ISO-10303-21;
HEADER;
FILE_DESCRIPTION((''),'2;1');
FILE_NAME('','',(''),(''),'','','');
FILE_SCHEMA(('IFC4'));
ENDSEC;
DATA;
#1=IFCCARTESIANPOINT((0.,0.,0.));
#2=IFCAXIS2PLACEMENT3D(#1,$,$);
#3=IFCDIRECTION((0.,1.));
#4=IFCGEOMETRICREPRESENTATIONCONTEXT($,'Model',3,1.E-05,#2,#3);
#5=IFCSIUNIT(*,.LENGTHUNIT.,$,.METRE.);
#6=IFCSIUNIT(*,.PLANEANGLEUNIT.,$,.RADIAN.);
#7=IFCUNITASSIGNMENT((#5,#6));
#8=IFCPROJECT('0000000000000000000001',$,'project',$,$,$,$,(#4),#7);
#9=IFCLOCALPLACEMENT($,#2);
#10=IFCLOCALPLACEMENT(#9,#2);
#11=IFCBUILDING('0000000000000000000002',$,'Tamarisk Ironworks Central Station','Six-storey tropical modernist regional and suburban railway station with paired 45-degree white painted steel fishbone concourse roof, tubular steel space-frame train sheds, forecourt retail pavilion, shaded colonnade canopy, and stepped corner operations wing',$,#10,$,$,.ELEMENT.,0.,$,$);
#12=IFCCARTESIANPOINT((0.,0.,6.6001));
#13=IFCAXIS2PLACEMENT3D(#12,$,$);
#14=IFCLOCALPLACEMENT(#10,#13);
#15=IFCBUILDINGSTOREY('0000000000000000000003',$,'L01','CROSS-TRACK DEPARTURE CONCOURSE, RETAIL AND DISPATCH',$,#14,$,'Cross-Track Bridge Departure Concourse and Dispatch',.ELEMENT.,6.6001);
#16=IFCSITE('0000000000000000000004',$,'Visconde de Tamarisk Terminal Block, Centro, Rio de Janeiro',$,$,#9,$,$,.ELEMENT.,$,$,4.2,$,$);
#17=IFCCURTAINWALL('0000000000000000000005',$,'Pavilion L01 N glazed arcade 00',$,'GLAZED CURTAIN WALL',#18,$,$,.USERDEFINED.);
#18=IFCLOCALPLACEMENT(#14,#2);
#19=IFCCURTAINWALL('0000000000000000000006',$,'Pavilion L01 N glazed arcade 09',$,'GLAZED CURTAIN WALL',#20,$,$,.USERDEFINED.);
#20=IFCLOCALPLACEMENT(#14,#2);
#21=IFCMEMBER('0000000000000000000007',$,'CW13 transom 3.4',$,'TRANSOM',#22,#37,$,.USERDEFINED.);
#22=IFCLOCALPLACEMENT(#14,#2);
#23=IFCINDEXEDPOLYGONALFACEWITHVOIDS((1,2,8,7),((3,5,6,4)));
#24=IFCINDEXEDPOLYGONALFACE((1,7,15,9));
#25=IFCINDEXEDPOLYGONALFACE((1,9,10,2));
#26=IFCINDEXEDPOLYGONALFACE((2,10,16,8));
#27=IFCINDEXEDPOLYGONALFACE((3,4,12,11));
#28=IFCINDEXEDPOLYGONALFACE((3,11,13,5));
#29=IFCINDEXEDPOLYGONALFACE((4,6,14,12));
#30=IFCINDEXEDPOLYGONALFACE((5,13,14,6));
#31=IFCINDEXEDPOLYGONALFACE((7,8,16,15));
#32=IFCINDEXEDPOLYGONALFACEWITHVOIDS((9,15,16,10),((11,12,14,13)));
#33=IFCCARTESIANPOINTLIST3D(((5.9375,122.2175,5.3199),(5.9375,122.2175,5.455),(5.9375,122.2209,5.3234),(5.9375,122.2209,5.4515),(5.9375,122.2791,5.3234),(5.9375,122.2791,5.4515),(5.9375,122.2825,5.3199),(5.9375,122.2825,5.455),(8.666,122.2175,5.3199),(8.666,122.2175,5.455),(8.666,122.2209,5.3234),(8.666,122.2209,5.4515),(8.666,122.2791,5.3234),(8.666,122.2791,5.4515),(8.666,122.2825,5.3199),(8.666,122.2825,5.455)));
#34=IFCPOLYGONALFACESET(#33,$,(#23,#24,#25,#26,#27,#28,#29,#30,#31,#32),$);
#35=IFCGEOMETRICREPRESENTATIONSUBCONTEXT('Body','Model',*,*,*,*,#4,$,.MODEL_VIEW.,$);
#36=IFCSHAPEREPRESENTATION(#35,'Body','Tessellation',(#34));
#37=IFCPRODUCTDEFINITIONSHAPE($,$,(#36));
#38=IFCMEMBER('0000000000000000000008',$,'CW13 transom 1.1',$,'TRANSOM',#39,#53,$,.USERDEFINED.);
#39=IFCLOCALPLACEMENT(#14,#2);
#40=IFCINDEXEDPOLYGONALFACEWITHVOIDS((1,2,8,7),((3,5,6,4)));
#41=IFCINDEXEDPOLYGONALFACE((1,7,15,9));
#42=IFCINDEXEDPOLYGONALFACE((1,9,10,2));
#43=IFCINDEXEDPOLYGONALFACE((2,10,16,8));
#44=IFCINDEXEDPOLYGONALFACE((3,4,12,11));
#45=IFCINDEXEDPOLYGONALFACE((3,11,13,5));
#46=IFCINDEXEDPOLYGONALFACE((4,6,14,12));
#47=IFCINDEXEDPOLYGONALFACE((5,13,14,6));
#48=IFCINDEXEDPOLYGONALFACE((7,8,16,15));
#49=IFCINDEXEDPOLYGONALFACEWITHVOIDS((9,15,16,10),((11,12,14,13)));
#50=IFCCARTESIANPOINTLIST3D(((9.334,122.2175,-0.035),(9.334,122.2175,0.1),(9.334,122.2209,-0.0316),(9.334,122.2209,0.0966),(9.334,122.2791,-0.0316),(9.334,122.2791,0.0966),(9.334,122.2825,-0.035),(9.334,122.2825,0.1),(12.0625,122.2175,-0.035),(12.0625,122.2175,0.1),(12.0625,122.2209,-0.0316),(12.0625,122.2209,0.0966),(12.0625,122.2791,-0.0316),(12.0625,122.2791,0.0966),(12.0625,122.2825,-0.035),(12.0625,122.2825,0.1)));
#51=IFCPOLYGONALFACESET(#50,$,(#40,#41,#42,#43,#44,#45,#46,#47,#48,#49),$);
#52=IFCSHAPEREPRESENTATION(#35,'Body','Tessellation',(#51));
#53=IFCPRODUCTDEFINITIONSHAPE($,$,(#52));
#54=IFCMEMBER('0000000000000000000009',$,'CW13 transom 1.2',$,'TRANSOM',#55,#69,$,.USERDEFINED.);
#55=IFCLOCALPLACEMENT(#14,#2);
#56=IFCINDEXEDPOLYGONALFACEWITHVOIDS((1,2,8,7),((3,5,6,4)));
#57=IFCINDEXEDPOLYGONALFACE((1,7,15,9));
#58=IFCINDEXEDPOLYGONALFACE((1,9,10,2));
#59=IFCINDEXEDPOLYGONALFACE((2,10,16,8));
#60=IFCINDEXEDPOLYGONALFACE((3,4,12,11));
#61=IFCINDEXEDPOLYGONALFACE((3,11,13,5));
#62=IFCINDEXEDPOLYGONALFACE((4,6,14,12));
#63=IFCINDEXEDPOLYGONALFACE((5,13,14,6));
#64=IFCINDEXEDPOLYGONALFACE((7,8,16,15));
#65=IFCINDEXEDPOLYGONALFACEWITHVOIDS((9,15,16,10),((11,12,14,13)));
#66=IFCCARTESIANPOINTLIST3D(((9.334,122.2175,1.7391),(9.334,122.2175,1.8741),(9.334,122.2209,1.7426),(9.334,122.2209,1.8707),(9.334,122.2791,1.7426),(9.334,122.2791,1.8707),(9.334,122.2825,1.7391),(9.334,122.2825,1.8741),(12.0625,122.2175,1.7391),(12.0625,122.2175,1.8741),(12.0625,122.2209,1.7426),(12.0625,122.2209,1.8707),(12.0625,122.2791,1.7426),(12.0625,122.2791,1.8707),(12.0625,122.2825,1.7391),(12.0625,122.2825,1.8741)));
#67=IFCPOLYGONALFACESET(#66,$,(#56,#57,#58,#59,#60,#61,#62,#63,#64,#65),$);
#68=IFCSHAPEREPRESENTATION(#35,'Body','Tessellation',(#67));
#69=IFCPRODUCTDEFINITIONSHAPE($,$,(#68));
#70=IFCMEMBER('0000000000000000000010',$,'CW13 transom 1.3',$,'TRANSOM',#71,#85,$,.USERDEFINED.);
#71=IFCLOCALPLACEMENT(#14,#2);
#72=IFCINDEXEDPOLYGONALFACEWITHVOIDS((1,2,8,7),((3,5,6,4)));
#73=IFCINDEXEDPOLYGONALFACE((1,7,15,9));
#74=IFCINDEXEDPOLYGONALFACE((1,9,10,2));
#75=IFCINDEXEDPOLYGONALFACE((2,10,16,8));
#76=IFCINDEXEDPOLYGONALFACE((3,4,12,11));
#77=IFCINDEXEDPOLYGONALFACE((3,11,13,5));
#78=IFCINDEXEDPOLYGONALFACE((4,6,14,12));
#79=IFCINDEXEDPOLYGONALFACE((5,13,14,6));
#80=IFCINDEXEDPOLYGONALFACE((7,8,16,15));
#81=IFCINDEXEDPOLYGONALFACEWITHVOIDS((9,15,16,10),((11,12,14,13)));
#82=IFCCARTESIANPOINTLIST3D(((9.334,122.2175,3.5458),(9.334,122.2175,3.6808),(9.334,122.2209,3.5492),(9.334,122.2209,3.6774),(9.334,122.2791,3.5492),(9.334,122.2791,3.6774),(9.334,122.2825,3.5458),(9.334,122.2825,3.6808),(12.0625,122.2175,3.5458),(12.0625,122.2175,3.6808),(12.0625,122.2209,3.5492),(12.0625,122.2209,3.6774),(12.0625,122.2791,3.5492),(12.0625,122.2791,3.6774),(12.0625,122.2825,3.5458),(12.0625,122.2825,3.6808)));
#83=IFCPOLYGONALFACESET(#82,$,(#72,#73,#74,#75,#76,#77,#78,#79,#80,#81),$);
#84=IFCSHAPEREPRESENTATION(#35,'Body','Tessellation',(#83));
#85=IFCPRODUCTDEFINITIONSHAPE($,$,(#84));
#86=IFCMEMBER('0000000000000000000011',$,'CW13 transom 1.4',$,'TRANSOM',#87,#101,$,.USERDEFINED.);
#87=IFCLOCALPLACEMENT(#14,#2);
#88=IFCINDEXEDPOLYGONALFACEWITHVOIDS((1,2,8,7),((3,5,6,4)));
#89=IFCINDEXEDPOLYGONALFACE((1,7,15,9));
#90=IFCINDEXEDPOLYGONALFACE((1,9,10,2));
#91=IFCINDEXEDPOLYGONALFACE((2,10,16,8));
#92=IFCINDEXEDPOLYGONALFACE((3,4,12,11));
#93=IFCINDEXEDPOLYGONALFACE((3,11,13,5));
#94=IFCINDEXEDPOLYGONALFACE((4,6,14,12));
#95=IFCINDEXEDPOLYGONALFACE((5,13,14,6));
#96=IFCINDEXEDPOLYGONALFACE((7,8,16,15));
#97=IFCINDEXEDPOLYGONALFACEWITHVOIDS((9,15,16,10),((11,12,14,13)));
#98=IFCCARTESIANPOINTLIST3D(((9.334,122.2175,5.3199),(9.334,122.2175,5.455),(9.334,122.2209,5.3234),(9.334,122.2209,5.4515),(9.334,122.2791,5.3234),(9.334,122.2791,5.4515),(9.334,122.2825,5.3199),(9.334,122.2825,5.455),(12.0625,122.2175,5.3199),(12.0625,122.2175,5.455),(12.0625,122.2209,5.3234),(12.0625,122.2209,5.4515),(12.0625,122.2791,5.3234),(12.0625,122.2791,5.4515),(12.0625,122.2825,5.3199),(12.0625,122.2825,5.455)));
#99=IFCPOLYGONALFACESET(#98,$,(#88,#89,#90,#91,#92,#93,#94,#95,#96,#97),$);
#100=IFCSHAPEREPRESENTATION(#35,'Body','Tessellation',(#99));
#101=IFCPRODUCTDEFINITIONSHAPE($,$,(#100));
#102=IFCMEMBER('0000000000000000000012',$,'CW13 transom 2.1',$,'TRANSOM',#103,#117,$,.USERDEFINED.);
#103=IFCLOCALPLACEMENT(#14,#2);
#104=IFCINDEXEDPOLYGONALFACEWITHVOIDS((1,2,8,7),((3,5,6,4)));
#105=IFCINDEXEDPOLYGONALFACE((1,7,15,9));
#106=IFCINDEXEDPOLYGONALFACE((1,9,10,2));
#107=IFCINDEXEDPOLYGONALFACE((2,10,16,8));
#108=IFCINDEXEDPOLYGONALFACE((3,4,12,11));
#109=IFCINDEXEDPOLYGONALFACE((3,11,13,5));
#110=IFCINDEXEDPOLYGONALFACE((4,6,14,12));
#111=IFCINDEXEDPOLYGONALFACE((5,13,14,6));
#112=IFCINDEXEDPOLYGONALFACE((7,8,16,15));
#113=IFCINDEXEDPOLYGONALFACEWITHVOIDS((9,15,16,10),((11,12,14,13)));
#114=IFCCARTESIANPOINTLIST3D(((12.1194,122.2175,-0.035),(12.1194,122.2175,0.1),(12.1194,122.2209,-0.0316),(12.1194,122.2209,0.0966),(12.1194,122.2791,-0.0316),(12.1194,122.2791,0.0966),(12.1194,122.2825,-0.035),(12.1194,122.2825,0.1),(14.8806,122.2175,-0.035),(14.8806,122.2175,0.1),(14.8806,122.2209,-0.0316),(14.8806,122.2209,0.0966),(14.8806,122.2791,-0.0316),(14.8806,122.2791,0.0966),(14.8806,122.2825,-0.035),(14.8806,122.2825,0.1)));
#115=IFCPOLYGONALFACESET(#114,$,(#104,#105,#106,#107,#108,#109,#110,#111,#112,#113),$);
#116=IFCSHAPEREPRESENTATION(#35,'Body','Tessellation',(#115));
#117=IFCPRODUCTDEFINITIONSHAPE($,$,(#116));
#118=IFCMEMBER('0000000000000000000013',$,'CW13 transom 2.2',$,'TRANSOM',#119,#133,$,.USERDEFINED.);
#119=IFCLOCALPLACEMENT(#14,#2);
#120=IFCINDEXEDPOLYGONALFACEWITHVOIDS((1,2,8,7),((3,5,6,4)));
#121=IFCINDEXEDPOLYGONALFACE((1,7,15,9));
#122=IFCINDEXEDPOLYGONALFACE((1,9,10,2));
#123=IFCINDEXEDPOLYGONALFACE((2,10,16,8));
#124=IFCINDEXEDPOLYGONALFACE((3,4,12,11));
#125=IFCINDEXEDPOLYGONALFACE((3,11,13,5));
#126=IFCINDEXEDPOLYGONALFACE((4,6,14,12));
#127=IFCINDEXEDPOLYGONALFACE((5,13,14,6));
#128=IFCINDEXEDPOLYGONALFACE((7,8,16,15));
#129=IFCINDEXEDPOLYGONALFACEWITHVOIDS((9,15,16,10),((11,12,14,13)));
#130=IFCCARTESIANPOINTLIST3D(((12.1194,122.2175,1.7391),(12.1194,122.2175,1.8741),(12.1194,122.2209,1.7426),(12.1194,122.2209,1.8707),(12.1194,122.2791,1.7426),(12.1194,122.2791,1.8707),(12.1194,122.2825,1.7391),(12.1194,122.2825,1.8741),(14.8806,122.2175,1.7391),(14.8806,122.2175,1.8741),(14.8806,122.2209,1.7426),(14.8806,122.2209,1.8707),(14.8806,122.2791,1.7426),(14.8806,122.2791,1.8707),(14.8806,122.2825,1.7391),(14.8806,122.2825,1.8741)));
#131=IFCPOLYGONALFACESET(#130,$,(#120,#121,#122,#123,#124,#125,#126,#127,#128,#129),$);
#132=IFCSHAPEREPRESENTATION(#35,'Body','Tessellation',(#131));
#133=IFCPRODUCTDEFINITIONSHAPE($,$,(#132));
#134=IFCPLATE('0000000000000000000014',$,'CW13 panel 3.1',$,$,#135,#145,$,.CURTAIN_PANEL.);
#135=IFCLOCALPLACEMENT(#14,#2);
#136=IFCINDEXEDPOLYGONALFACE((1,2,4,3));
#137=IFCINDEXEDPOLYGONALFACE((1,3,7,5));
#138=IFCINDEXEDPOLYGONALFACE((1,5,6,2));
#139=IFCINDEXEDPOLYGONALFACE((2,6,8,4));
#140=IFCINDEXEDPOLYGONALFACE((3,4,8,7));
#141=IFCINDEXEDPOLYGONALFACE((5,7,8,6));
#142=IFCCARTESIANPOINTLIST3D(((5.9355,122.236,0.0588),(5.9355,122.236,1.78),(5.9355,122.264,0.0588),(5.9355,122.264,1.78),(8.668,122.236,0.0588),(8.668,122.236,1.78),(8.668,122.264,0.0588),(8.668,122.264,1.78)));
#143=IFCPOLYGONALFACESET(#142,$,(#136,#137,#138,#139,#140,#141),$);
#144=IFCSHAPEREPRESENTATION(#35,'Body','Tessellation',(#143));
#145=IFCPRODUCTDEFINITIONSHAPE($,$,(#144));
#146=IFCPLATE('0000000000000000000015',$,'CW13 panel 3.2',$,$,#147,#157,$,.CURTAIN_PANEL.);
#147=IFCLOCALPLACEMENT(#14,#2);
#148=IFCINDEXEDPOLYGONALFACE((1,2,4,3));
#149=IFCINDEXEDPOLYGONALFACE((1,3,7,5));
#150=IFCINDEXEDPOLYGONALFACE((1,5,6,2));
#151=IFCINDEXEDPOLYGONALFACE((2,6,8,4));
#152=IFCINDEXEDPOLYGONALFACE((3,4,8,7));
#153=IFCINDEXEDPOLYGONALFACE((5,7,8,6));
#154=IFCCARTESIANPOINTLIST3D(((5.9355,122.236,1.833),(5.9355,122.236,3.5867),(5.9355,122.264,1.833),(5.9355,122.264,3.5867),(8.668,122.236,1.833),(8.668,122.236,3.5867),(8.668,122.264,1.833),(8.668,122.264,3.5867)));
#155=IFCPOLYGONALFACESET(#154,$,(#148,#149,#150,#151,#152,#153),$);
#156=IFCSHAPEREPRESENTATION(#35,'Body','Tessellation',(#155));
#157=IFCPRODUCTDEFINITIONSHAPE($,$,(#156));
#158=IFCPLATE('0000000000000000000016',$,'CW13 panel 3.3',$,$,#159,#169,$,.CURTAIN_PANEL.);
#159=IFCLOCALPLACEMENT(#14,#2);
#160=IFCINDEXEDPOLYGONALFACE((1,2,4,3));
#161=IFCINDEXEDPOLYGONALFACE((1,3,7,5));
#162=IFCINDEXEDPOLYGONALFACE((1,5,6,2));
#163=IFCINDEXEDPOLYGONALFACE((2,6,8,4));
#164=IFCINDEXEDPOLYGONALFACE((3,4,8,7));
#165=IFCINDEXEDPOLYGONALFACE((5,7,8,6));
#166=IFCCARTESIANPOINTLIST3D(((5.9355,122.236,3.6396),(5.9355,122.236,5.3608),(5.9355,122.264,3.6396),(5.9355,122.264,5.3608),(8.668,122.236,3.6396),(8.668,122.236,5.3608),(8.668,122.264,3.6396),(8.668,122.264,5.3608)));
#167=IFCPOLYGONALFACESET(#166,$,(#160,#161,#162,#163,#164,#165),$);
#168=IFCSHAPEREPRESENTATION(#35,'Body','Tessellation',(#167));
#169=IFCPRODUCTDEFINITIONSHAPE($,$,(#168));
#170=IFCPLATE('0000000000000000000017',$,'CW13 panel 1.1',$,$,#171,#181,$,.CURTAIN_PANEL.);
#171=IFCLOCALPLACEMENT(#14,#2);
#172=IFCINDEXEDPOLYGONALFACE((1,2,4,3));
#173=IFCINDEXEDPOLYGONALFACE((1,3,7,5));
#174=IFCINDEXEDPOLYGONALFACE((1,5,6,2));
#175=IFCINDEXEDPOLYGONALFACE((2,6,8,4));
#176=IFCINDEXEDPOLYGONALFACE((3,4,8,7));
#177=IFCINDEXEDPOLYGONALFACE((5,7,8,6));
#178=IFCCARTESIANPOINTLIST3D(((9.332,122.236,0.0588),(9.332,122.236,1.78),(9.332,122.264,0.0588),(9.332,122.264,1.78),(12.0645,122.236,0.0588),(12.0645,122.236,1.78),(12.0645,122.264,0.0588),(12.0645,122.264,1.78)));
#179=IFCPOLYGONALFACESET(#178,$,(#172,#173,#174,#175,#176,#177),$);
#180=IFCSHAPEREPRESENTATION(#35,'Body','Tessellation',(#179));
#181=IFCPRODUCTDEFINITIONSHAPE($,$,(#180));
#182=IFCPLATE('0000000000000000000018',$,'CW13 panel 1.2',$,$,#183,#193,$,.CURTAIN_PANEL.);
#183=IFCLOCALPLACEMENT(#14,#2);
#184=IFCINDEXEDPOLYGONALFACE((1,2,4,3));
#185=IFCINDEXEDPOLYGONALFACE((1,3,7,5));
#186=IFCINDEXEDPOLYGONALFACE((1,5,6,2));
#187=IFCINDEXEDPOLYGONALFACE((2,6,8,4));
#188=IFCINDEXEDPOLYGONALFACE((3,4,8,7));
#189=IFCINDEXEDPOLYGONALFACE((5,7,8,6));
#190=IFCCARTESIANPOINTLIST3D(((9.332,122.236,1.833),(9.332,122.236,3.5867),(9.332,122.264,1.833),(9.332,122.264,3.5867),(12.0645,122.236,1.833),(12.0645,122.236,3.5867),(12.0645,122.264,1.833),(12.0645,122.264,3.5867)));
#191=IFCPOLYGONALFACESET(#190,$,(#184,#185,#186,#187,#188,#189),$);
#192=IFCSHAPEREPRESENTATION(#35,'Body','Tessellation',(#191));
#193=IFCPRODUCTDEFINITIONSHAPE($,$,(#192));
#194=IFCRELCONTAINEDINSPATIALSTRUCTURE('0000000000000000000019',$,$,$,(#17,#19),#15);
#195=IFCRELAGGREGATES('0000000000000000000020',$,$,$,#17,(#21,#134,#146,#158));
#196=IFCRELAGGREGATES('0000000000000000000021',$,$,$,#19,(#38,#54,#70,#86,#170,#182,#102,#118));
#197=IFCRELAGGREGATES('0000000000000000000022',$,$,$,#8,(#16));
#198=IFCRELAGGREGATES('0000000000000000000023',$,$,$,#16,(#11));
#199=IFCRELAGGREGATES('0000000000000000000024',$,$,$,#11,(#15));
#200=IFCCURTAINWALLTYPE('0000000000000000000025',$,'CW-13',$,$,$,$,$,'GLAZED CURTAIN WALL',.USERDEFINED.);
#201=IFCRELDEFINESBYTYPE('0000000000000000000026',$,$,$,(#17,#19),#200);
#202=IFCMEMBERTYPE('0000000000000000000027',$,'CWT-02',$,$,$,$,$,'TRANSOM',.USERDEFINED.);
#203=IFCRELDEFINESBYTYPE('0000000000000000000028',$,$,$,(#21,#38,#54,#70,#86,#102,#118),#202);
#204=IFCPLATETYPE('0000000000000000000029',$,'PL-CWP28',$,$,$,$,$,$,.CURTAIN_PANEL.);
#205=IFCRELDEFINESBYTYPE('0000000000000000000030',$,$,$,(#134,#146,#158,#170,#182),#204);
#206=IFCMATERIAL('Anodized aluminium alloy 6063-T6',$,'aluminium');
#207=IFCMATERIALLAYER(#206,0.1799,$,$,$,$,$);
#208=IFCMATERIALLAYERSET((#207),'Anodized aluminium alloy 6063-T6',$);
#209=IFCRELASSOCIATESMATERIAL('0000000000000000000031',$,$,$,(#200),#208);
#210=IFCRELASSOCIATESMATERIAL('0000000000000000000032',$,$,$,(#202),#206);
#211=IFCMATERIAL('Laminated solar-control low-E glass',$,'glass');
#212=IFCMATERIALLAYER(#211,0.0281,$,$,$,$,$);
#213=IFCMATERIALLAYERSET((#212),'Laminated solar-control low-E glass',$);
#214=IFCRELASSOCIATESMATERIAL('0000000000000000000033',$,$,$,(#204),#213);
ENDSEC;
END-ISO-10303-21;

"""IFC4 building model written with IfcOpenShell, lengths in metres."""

from ifc_helpers import new_model, si_unit, direction, frame, origin, origin_2d, place, context, subcontext, project, spatial, rectangle, hollow_rectangle, extrude, material, layer, layer_set, material_profile, profile_set, type_object, element, aggregate, save


model = new_model("IFC4")

# Units and contexts
model_context = context("Model", 3, precision=1e-05, world=origin(), true_north=direction((0.0, 1.0)))
body_context = subcontext(model_context, "Body", "Model", "MODEL_VIEW")
ifc_project = project(units=[si_unit("LENGTHUNIT", "METRE"), si_unit("PLANEANGLEUNIT", "RADIAN")], contexts=[model_context])

# Site, building, storey
site_placement = place(None, origin())
site = spatial("IfcSite", under=ifc_project, at=site_placement, Name="Visconde de Tamarisk Terminal Block, Centro, Rio de Janeiro", CompositionType="ELEMENT", RefElevation=4.2)
building_placement = place(site_placement, origin())
building = spatial("IfcBuilding", under=site, at=building_placement, Name="Tamarisk Ironworks Central Station", Description="Six-storey tropical modernist regional and suburban railway station with paired 45-degree white painted steel fishbone concourse roof, tubular steel space-frame train sheds, forecourt retail pavilion, shaded colonnade canopy, and stepped corner operations wing", CompositionType="ELEMENT", ElevationOfRefHeight=0.0)
storey_placement = place(building_placement, frame((0.0, 0.0, 6.6001)))
storey = spatial("IfcBuildingStorey", under=building, at=storey_placement, Name="L01", Description="CROSS-TRACK DEPARTURE CONCOURSE, RETAIL AND DISPATCH", LongName="Cross-Track Bridge Departure Concourse and Dispatch", CompositionType="ELEMENT", Elevation=6.6001)

# Curtain walls
ifc_material_1 = material(Name="Anodized aluminium alloy 6063-T6", Category="aluminium")
ifc_layer_1 = layer(ifc_material_1, 0.1799)
ifc_layer_set_1 = layer_set([ifc_layer_1], Name="Anodized aluminium alloy 6063-T6")
curtain_wall_type = type_object("IfcCurtainWallType", Name="CW-13", ElementType="GLAZED CURTAIN WALL", PredefinedType="USERDEFINED", material=ifc_layer_set_1)
curtain_wall_1_placement = place(storey_placement, origin())
curtain_wall_1 = element("IfcCurtainWall", 1, at=curtain_wall_1_placement, inside=storey, type_object=curtain_wall_type, Name="Pavilion L01 N glazed arcade 00", ObjectType="GLAZED CURTAIN WALL", PredefinedType="USERDEFINED")
curtain_wall_2_placement = place(storey_placement, origin())
curtain_wall_2 = element("IfcCurtainWall", 2, at=curtain_wall_2_placement, inside=storey, type_object=curtain_wall_type, Name="Pavilion L01 N glazed arcade 09", ObjectType="GLAZED CURTAIN WALL", PredefinedType="USERDEFINED")

# Members
ifc_material_profile_1 = material_profile(ifc_material_1, hollow_rectangle(XDim=0.0649, YDim=0.135, WallThickness=0.0034, at=origin_2d()), Name="ALUM 135x65")
ifc_profile_set_1 = profile_set([ifc_material_profile_1], Name="Anodized aluminium alloy 6063-T6")
member_type_1 = type_object("IfcMemberType", Name="CWT-02", ElementType="TRANSOM", PredefinedType="USERDEFINED", material=ifc_profile_set_1)
member_1_placement = place(storey_placement, frame((5.9375, 122.25, 5.3875), z_axis=(1.0, 0.0, 0.0), x_axis=(0.0, 1.0, 0.0)))
member_1 = element("IfcMember", 3, at=member_1_placement, type_object=member_type_1, Name="CW13 transom 3.4", ObjectType="TRANSOM", PredefinedType="USERDEFINED", context=body_context, shape_type="SweptSolid", body=[
    extrude(hollow_rectangle(XDim=0.0649, YDim=0.135, WallThickness=0.0034, at=origin_2d()), origin(), (0.0, 0.0, 1.0), 2.7285),
])
member_2_placement = place(storey_placement, frame((9.334, 122.25, 0.0325), z_axis=(1.0, 0.0, 0.0), x_axis=(0.0, 1.0, 0.0)))
member_2 = element("IfcMember", 4, at=member_2_placement, type_object=member_type_1, Name="CW13 transom 1.1", ObjectType="TRANSOM", PredefinedType="USERDEFINED", context=body_context, shape_type="SweptSolid", body=[
    extrude(hollow_rectangle(XDim=0.0649, YDim=0.135, WallThickness=0.0034, at=origin_2d()), origin(), (0.0, 0.0, 1.0), 2.7285),
])
member_3_placement = place(storey_placement, frame((9.334, 122.25, 1.8066), z_axis=(1.0, 0.0, 0.0), x_axis=(0.0, 1.0, 0.0)))
member_3 = element("IfcMember", 5, at=member_3_placement, type_object=member_type_1, Name="CW13 transom 1.2", ObjectType="TRANSOM", PredefinedType="USERDEFINED", context=body_context, shape_type="SweptSolid", body=[
    extrude(hollow_rectangle(XDim=0.0649, YDim=0.135, WallThickness=0.0034, at=origin_2d()), origin(), (0.0, 0.0, 1.0), 2.7285),
])
member_4_placement = place(storey_placement, frame((9.334, 122.25, 3.6133), z_axis=(1.0, 0.0, 0.0), x_axis=(0.0, 1.0, 0.0)))
member_4 = element("IfcMember", 6, at=member_4_placement, type_object=member_type_1, Name="CW13 transom 1.3", ObjectType="TRANSOM", PredefinedType="USERDEFINED", context=body_context, shape_type="SweptSolid", body=[
    extrude(hollow_rectangle(XDim=0.0649, YDim=0.135, WallThickness=0.0034, at=origin_2d()), origin(), (0.0, 0.0, 1.0), 2.7285),
])
member_5_placement = place(storey_placement, frame((9.334, 122.25, 5.3875), z_axis=(1.0, 0.0, 0.0), x_axis=(0.0, 1.0, 0.0)))
member_5 = element("IfcMember", 7, at=member_5_placement, type_object=member_type_1, Name="CW13 transom 1.4", ObjectType="TRANSOM", PredefinedType="USERDEFINED", context=body_context, shape_type="SweptSolid", body=[
    extrude(hollow_rectangle(XDim=0.0649, YDim=0.135, WallThickness=0.0034, at=origin_2d()), origin(), (0.0, 0.0, 1.0), 2.7285),
])
member_6_placement = place(storey_placement, frame((12.1194, 122.25, 0.0325), z_axis=(1.0, 0.0, 0.0), x_axis=(0.0, 1.0, 0.0)))
member_6 = element("IfcMember", 8, at=member_6_placement, type_object=member_type_1, Name="CW13 transom 2.1", ObjectType="TRANSOM", PredefinedType="USERDEFINED", context=body_context, shape_type="SweptSolid", body=[
    extrude(hollow_rectangle(XDim=0.0649, YDim=0.135, WallThickness=0.0034, at=origin_2d()), origin(), (0.0, 0.0, 1.0), 2.7612),
])
member_7_placement = place(storey_placement, frame((12.1194, 122.25, 1.8066), z_axis=(1.0, 0.0, 0.0), x_axis=(0.0, 1.0, 0.0)))
member_7 = element("IfcMember", 9, at=member_7_placement, type_object=member_type_1, Name="CW13 transom 2.2", ObjectType="TRANSOM", PredefinedType="USERDEFINED", context=body_context, shape_type="SweptSolid", body=[
    extrude(hollow_rectangle(XDim=0.0649, YDim=0.135, WallThickness=0.0034, at=origin_2d()), origin(), (0.0, 0.0, 1.0), 2.7612),
])

# Plates
ifc_material_2 = material(Name="Laminated solar-control low-E glass", Category="glass")
ifc_layer_2 = layer(ifc_material_2, 0.0281)
ifc_layer_set_2 = layer_set([ifc_layer_2], Name="Laminated solar-control low-E glass")
plate_type = type_object("IfcPlateType", Name="PL-CWP28", PredefinedType="CURTAIN_PANEL", material=ifc_layer_set_2)
plate_1_placement = place(storey_placement, frame((7.3018, 122.25, 0.0588), z_axis=(0.0, 0.0, 1.0), x_axis=(1.0, 0.0, 0.0)))
plate_1 = element("IfcPlate", 10, at=plate_1_placement, type_object=plate_type, Name="CW13 panel 3.1", PredefinedType="CURTAIN_PANEL", context=body_context, shape_type="SweptSolid", body=[
    extrude(rectangle(XDim=2.7324, YDim=0.0281, at=origin_2d()), origin(), (0.0, 0.0, 1.0), 1.7212),
])
plate_2_placement = place(storey_placement, frame((7.3018, 122.25, 1.833), z_axis=(0.0, 0.0, 1.0), x_axis=(1.0, 0.0, 0.0)))
plate_2 = element("IfcPlate", 11, at=plate_2_placement, type_object=plate_type, Name="CW13 panel 3.2", PredefinedType="CURTAIN_PANEL", context=body_context, shape_type="SweptSolid", body=[
    extrude(rectangle(XDim=2.7324, YDim=0.0281, at=origin_2d()), origin(), (0.0, 0.0, 1.0), 1.7537),
])
plate_3_placement = place(storey_placement, frame((7.3018, 122.25, 3.6396), z_axis=(0.0, 0.0, 1.0), x_axis=(1.0, 0.0, 0.0)))
plate_3 = element("IfcPlate", 12, at=plate_3_placement, type_object=plate_type, Name="CW13 panel 3.3", PredefinedType="CURTAIN_PANEL", context=body_context, shape_type="SweptSolid", body=[
    extrude(rectangle(XDim=2.7324, YDim=0.0281, at=origin_2d()), origin(), (0.0, 0.0, 1.0), 1.7212),
])
aggregate(curtain_wall_1, [member_1, plate_1, plate_2, plate_3])
plate_4_placement = place(storey_placement, frame((10.6982, 122.25, 0.0588), z_axis=(0.0, 0.0, 1.0), x_axis=(1.0, 0.0, 0.0)))
plate_4 = element("IfcPlate", 13, at=plate_4_placement, type_object=plate_type, Name="CW13 panel 1.1", PredefinedType="CURTAIN_PANEL", context=body_context, shape_type="SweptSolid", body=[
    extrude(rectangle(XDim=2.7324, YDim=0.0281, at=origin_2d()), origin(), (0.0, 0.0, 1.0), 1.7212),
])
plate_5_placement = place(storey_placement, frame((10.6982, 122.25, 1.833), z_axis=(0.0, 0.0, 1.0), x_axis=(1.0, 0.0, 0.0)))
plate_5 = element("IfcPlate", 14, at=plate_5_placement, type_object=plate_type, Name="CW13 panel 1.2", PredefinedType="CURTAIN_PANEL", context=body_context, shape_type="SweptSolid", body=[
    extrude(rectangle(XDim=2.7324, YDim=0.0281, at=origin_2d()), origin(), (0.0, 0.0, 1.0), 1.7537),
])
aggregate(curtain_wall_2, [member_2, member_3, member_4, member_5, plate_4, plate_5, member_6, member_7])

save(model, "model.ifc")
